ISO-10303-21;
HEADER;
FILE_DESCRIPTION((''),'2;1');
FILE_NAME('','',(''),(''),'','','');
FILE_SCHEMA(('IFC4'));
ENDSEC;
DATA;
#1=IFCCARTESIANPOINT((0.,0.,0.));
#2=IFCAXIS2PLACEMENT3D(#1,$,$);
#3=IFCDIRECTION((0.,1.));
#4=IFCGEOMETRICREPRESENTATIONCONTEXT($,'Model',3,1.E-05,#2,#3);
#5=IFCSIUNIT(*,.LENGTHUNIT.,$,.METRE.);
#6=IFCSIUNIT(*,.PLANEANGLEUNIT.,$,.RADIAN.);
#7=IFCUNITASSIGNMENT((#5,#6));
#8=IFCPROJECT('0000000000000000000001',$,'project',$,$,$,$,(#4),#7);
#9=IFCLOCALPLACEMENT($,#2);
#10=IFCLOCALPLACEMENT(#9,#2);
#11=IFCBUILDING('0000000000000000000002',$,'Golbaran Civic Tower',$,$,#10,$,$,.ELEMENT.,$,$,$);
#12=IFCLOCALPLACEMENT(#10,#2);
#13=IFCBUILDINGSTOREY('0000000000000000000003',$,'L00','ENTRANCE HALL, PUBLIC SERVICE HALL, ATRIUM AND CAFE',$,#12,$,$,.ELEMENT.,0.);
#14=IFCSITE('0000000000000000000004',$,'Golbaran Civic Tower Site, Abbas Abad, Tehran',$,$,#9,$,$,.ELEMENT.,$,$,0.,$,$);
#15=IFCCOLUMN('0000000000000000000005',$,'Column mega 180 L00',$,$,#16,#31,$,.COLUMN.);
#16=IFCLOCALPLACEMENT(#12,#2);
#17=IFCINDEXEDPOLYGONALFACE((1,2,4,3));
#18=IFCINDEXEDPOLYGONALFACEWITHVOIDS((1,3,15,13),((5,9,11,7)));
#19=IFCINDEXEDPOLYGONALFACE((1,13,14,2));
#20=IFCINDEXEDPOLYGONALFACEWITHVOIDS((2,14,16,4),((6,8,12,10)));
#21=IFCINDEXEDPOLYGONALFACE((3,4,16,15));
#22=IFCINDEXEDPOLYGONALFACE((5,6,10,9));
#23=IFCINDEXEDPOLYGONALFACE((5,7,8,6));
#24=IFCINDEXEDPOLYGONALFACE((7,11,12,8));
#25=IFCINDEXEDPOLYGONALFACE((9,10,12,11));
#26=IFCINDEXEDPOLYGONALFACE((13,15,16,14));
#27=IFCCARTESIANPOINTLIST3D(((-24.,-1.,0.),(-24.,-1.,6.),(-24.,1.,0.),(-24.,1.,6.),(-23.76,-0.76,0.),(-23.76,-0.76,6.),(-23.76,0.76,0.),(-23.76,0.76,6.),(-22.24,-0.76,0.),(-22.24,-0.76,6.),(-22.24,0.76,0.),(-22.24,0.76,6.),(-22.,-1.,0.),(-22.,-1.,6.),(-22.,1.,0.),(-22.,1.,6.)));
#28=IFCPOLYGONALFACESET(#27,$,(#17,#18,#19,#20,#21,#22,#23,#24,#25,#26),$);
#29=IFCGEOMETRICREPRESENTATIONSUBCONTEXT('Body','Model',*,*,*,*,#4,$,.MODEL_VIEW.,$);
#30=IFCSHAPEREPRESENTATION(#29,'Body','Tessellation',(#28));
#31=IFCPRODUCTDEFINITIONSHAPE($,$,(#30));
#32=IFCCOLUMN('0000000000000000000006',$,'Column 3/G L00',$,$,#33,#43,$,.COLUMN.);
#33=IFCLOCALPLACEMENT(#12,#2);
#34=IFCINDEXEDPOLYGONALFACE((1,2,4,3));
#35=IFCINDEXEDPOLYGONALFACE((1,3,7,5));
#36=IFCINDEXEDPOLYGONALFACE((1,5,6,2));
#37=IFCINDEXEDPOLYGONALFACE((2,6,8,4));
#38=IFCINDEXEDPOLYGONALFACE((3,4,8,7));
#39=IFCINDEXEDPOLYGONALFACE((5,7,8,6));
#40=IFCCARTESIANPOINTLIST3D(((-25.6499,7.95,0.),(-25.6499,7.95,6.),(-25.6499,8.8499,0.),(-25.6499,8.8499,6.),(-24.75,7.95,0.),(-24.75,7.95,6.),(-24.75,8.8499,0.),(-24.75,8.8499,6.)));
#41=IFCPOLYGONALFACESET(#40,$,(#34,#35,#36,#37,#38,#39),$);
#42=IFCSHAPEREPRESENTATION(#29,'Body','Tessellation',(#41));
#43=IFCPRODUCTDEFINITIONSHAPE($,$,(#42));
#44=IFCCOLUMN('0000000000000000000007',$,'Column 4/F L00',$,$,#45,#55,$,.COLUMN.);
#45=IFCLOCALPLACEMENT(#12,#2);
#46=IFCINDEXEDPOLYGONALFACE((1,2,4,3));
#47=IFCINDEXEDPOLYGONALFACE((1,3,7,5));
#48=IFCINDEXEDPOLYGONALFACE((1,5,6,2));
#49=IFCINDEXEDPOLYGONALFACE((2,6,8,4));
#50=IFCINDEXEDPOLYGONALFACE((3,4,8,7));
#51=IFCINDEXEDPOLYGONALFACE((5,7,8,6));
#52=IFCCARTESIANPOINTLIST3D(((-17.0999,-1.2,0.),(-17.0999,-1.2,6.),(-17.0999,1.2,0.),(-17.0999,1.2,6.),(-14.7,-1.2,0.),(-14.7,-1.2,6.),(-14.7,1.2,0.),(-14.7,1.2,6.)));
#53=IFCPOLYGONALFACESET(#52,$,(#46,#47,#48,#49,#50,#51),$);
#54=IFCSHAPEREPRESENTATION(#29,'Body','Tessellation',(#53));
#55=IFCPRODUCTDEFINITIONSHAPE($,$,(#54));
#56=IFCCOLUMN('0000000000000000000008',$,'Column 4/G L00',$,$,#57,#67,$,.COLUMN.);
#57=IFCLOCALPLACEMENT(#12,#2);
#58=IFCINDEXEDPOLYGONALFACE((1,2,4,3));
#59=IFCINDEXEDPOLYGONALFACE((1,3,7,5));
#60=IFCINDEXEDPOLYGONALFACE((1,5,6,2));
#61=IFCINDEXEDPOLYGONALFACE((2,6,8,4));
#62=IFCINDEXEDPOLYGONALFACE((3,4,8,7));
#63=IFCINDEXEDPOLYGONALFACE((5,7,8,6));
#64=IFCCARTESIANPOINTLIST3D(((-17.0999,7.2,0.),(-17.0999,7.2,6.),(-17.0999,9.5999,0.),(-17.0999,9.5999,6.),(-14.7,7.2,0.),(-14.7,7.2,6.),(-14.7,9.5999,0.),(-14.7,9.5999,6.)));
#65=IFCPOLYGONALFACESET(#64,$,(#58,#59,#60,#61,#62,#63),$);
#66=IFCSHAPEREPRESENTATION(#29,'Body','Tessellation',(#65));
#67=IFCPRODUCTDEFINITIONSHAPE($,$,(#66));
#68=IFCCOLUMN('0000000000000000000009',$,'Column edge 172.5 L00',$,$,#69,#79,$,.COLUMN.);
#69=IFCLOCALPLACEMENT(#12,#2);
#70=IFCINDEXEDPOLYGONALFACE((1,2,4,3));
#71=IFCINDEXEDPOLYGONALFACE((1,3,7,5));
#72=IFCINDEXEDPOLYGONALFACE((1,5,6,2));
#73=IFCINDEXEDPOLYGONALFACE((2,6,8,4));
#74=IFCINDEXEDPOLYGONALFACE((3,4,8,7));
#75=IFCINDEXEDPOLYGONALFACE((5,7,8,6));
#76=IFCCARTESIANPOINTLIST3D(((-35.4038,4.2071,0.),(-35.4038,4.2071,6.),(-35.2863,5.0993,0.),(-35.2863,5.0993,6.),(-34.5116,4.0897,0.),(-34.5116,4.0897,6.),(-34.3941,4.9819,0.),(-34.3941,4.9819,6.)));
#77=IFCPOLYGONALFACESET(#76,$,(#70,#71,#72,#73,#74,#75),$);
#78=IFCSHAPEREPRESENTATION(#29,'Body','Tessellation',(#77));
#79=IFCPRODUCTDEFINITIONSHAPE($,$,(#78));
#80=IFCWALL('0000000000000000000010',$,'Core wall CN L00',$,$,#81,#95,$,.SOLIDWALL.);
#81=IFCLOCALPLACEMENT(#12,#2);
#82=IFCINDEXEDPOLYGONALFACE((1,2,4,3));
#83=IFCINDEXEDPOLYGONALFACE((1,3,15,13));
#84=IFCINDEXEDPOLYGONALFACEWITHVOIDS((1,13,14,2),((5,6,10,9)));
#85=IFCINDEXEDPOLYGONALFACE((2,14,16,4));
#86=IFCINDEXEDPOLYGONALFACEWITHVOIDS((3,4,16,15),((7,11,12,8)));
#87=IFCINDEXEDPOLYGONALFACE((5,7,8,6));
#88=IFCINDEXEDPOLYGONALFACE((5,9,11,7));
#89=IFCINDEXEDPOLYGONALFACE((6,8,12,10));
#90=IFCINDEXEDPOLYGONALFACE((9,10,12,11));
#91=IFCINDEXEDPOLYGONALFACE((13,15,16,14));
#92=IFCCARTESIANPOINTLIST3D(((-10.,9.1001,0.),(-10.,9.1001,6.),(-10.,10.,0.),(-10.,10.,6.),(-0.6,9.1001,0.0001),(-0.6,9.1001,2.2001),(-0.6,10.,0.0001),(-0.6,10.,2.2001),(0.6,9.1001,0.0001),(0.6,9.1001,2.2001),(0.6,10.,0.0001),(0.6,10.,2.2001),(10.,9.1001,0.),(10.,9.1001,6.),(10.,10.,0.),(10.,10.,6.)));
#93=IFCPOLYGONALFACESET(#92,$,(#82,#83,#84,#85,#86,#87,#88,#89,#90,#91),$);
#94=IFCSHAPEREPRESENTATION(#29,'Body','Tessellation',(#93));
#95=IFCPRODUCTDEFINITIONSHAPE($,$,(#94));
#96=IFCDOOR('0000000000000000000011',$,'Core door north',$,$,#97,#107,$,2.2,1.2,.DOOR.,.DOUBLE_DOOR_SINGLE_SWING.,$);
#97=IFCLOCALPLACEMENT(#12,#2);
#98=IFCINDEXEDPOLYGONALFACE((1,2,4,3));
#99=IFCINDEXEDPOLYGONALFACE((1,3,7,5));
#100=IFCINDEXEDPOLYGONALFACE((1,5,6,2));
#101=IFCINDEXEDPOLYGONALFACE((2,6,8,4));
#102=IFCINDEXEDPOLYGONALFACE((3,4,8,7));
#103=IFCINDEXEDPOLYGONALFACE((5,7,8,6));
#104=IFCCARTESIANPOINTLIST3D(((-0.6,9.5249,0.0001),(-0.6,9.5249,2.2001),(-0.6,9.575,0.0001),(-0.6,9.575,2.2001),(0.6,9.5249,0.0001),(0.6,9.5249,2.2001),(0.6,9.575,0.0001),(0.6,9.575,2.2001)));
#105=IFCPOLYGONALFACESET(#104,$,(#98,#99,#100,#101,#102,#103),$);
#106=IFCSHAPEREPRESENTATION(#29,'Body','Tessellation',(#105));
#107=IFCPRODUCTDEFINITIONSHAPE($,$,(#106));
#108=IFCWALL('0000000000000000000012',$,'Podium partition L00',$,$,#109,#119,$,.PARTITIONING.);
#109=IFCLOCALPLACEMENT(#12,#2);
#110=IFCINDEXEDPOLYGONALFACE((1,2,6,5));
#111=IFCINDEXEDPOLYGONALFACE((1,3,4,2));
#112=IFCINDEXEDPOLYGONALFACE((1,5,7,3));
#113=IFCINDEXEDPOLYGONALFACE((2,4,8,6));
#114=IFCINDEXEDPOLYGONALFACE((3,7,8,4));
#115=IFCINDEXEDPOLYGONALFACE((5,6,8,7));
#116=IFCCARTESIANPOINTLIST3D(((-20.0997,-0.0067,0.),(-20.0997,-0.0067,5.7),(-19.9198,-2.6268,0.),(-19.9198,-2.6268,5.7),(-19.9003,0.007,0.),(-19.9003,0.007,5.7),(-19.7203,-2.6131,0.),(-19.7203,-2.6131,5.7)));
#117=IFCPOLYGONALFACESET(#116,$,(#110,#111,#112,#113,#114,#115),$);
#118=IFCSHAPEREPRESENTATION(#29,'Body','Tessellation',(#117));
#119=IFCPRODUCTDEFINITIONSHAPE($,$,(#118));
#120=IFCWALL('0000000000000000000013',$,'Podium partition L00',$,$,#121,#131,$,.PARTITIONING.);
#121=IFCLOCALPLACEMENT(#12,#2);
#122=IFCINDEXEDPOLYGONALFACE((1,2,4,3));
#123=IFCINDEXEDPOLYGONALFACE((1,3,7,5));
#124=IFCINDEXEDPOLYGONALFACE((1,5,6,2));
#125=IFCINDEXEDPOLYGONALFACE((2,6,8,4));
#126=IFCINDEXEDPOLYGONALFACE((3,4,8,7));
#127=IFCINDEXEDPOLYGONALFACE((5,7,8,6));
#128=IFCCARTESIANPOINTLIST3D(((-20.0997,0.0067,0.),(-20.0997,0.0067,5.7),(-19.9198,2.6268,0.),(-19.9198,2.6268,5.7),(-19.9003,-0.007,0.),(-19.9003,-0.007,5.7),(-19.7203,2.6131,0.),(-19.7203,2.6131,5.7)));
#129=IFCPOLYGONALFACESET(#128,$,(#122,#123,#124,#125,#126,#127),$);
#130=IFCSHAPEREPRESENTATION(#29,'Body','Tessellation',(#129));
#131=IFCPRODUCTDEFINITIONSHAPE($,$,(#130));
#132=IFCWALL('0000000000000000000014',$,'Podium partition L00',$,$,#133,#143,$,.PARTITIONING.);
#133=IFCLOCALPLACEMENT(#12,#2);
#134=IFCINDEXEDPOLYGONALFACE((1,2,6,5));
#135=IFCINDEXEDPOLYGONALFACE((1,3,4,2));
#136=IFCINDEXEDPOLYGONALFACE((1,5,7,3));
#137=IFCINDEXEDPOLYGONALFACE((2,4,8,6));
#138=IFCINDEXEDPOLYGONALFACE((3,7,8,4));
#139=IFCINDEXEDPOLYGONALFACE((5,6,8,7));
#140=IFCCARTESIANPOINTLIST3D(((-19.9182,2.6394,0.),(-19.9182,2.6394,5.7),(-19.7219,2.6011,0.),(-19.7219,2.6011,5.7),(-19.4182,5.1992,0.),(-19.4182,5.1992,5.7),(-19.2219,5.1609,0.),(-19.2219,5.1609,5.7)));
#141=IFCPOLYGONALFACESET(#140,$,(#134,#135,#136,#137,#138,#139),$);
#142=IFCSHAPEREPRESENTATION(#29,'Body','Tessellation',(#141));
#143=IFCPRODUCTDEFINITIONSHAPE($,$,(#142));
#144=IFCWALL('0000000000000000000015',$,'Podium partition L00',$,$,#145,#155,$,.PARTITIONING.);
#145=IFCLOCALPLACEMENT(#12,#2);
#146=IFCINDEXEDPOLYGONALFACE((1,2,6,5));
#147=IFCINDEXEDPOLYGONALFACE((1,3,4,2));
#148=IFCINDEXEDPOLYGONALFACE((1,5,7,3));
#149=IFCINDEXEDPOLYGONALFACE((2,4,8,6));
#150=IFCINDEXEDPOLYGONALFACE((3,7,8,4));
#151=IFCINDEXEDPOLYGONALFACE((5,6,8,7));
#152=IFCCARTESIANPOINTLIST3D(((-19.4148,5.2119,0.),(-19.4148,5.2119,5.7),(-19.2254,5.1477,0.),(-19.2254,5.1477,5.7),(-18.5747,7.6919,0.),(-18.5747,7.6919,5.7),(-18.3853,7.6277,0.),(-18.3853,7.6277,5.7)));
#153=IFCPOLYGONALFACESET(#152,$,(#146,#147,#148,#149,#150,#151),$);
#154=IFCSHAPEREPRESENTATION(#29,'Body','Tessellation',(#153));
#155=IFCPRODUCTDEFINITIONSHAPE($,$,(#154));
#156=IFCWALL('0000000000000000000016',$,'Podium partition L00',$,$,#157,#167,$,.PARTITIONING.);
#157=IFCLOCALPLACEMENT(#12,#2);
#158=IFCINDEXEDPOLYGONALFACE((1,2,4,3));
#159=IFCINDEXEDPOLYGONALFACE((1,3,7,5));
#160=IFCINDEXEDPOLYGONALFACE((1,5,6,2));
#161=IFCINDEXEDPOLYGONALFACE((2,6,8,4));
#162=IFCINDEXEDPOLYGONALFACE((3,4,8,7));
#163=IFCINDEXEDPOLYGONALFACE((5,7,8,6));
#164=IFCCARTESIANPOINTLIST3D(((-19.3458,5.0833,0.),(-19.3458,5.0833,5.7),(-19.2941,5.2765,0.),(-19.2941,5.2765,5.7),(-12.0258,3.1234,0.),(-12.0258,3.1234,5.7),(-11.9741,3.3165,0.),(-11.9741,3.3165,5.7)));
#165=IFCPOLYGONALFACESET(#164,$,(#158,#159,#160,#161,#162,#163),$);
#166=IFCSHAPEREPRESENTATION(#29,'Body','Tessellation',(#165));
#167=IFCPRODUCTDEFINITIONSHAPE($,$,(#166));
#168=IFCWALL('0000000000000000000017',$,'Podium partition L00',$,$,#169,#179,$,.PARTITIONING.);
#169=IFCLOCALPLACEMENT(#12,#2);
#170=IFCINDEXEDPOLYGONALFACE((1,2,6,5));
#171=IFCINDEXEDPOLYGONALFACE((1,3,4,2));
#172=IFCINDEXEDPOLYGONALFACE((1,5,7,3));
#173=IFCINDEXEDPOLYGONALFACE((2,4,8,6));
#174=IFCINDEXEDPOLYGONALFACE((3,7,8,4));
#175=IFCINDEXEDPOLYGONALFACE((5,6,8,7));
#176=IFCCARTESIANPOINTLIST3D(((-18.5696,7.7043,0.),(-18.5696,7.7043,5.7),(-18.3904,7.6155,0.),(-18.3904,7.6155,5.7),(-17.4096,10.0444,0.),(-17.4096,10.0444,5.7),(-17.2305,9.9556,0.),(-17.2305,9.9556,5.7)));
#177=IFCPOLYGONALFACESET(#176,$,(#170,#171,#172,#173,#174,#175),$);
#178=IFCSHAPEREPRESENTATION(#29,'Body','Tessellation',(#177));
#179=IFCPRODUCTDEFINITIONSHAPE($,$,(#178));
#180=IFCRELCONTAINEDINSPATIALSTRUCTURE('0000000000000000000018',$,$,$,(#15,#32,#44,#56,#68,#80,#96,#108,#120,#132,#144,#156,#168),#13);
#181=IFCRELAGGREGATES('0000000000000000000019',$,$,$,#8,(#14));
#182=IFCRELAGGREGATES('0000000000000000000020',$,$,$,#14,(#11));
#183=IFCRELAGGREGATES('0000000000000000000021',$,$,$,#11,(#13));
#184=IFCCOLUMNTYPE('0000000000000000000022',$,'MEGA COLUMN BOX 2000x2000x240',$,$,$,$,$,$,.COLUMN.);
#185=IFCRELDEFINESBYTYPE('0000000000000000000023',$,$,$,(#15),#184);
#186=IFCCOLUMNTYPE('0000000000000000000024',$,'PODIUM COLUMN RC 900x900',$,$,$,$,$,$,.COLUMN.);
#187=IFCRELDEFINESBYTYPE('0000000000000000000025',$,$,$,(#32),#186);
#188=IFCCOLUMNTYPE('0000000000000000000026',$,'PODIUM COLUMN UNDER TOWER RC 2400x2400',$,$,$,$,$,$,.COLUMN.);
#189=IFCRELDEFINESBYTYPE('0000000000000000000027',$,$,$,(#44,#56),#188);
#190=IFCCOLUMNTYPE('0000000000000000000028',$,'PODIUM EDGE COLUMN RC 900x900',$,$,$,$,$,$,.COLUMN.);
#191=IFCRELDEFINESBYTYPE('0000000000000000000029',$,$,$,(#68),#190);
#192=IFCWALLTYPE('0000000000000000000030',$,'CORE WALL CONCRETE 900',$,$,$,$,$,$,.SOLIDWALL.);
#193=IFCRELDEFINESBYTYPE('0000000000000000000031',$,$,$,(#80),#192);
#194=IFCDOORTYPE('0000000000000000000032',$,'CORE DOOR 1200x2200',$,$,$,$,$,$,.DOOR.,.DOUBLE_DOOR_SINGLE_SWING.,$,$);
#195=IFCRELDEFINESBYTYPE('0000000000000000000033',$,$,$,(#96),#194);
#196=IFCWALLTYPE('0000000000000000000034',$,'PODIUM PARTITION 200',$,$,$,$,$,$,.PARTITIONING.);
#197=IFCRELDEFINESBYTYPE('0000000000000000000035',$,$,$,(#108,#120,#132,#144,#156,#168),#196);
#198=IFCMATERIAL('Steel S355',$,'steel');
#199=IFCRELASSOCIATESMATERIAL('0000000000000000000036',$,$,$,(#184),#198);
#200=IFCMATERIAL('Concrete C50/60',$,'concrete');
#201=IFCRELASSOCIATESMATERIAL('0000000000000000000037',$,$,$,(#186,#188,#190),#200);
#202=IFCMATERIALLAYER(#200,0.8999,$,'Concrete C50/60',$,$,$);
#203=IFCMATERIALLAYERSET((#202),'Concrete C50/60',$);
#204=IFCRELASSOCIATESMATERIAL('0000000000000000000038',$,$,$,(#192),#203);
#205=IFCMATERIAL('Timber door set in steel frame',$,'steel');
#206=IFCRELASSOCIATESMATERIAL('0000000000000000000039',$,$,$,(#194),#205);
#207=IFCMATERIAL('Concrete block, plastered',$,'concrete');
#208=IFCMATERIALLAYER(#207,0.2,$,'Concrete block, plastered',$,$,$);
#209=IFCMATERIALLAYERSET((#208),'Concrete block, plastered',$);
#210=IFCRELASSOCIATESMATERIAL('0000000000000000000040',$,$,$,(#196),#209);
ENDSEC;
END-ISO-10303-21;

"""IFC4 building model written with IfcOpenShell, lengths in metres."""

from ifc_helpers import new_model, si_unit, direction, frame, frame_2d, origin, origin_2d, place, context, subcontext, project, spatial, rectangle, hollow_rectangle, extrude, material, layer, layer_set, material_profile, profile_set, type_object, element, fill, save


model = new_model("IFC4")

# Units and contexts
model_context = context("Model", 3, precision=1e-05, world=origin(), true_north=direction((0.0, 1.0)))
body_context = subcontext(model_context, "Body", "Model", "MODEL_VIEW")
ifc_project = project(units=[si_unit("LENGTHUNIT", "METRE"), si_unit("PLANEANGLEUNIT", "RADIAN")], contexts=[model_context])

# Site, building, storey
site_placement = place(None, origin())
site = spatial("IfcSite", under=ifc_project, at=site_placement, Name="Golbaran Civic Tower Site, Abbas Abad, Tehran", CompositionType="ELEMENT", RefElevation=0.0)
building_placement = place(site_placement, origin())
building = spatial("IfcBuilding", under=site, at=building_placement, Name="Golbaran Civic Tower", CompositionType="ELEMENT")
storey_placement = place(building_placement, origin())
storey = spatial("IfcBuildingStorey", under=building, at=storey_placement, Name="L00", Description="ENTRANCE HALL, PUBLIC SERVICE HALL, ATRIUM AND CAFE", CompositionType="ELEMENT", Elevation=0.0)

# Columns
ifc_material_1 = material(Name="Steel S355", Category="steel")
ifc_material_profile_1 = material_profile(ifc_material_1, hollow_rectangle(XDim=2.0, YDim=2.0, WallThickness=0.24, at=origin_2d()), Name="BOX 2000x2000x240")
ifc_profile_set_1 = profile_set([ifc_material_profile_1], Name="Steel S355")
column_type_1 = type_object("IfcColumnType", Name="MEGA COLUMN BOX 2000x2000x240", PredefinedType="COLUMN", material=ifc_profile_set_1)
column_1_placement = place(storey_placement, frame((-23.0, 0.0, 0.0), z_axis=(0.0, 0.0, 1.0), x_axis=(-1.0, 0.0, 0.0)))
element("IfcColumn", 1, at=column_1_placement, inside=storey, type_object=column_type_1, Name="Column mega 180 L00", PredefinedType="COLUMN", context=body_context, shape_type="SweptSolid", body=[
    extrude(hollow_rectangle(XDim=2.0, YDim=2.0, WallThickness=0.24, at=origin_2d()), origin(), (0.0, 0.0, 1.0), 6.0),
])
ifc_material_2 = material(Name="Concrete C50/60", Category="concrete")
ifc_material_profile_2 = material_profile(ifc_material_2, rectangle(XDim=0.8999, YDim=0.8999, at=origin_2d()), Name="RC 900x900")
ifc_profile_set_2 = profile_set([ifc_material_profile_2], Name="Concrete C50/60")
column_type_2 = type_object("IfcColumnType", Name="PODIUM COLUMN RC 900x900", PredefinedType="COLUMN", material=ifc_profile_set_2)
column_2_placement = place(storey_placement, frame((-25.2, 8.3999, 0.0), z_axis=(0.0, 0.0, 1.0), x_axis=(1.0, 0.0, 0.0)))
element("IfcColumn", 2, at=column_2_placement, inside=storey, type_object=column_type_2, Name="Column 3/G L00", PredefinedType="COLUMN", context=body_context, shape_type="SweptSolid", body=[
    extrude(rectangle(XDim=0.8999, YDim=0.8999, at=origin_2d()), origin(), (0.0, 0.0, 1.0), 6.0),
])
ifc_material_profile_3 = material_profile(ifc_material_2, rectangle(XDim=2.3999, YDim=2.3999, at=origin_2d()), Name="RC 2400x2400")
ifc_profile_set_3 = profile_set([ifc_material_profile_3], Name="Concrete C50/60")
column_type_3 = type_object("IfcColumnType", Name="PODIUM COLUMN UNDER TOWER RC 2400x2400", PredefinedType="COLUMN", material=ifc_profile_set_3)
for number, where, z_axis, x_axis, name in (
    (3, (-15.8999, 0.0, 0.0), (0.0, 0.0, 1.0), (1.0, 0.0, 0.0), "Column 4/F L00"),
    (4, (-15.8999, 8.3999, 0.0), (0.0, 0.0, 1.0), (1.0, 0.0, 0.0), "Column 4/G L00"),
):
    element("IfcColumn", number, at=place(storey_placement, frame(where, z_axis=z_axis, x_axis=x_axis)), inside=storey, type_object=column_type_3, Name=name, PredefinedType="COLUMN", context=body_context, shape_type="SweptSolid", body=[
        extrude(rectangle(XDim=2.3999, YDim=2.3999, at=origin_2d()), origin(), (0.0, 0.0, 1.0), 6.0),
    ])
ifc_material_profile_4 = material_profile(ifc_material_2, rectangle(XDim=0.8999, YDim=0.8999, at=origin_2d()), Name="RC 900x900")
ifc_profile_set_4 = profile_set([ifc_material_profile_4], Name="Concrete C50/60")
column_type_4 = type_object("IfcColumnType", Name="PODIUM EDGE COLUMN RC 900x900", PredefinedType="COLUMN", material=ifc_profile_set_4)
column_3_placement = place(storey_placement, frame((-34.8989, 4.5945, 0.0), z_axis=(0.0, 0.0, 1.0), x_axis=(-0.991445, 0.130526, 0.0)))
element("IfcColumn", 5, at=column_3_placement, inside=storey, type_object=column_type_4, Name="Column edge 172.5 L00", PredefinedType="COLUMN", context=body_context, shape_type="SweptSolid", body=[
    extrude(rectangle(XDim=0.8999, YDim=0.8999, at=origin_2d()), origin(), (0.0, 0.0, 1.0), 6.0),
])

# Wall, opening, door
ifc_layer_1 = layer(ifc_material_2, 0.8999, Name="Concrete C50/60")
ifc_layer_set_1 = layer_set([ifc_layer_1], Name="Concrete C50/60")
wall_type_1 = type_object("IfcWallType", Name="CORE WALL CONCRETE 900", PredefinedType="SOLIDWALL", material=ifc_layer_set_1)
wall_1_placement = place(storey_placement, frame((-10.0, 9.55, 0.0), z_axis=(0.0, 0.0, 1.0), x_axis=(1.0, 0.0, 0.0)))
wall_1 = element("IfcWall", 6, at=wall_1_placement, inside=storey, type_object=wall_type_1, Name="Core wall CN L00", PredefinedType="SOLIDWALL", context=body_context, shape_type="SweptSolid", body=[
    extrude(rectangle(XDim=20.0, YDim=0.8999, at=frame_2d((10.0, 0.0))), origin(), (0.0, 0.0, 1.0), 6.0),
])
opening_1_placement = place(wall_1_placement, frame((9.3999, 0.0, 0.0)))
opening_1 = element("IfcOpeningElement", 7, at=opening_1_placement, cuts=wall_1, PredefinedType="OPENING", context=body_context, shape_type="SweptSolid", body=[
    extrude(rectangle(XDim=1.2, YDim=2.2, at=frame_2d((0.6001, 1.1001))), frame((0.0, 0.46, 0.0), z_axis=(0.0, -1.0, 0.0), x_axis=(1.0, 0.0, 0.0)), (0.0, 0.0, 1.0), 0.9199),
])
ifc_material_3 = material(Name="Timber door set in steel frame", Category="steel")
door_type_1 = type_object("IfcDoorType", Name="CORE DOOR 1200x2200", OperationType="DOUBLE_DOOR_SINGLE_SWING", PredefinedType="DOOR", material=ifc_material_3)
door_1_placement = place(opening_1_placement, origin())
door_1 = element("IfcDoor", 8, at=door_1_placement, inside=storey, type_object=door_type_1, Name="Core door north", OperationType="DOUBLE_DOOR_SINGLE_SWING", OverallHeight=2.2, OverallWidth=1.2, PredefinedType="DOOR", context=body_context, shape_type="SweptSolid", body=[
    extrude(rectangle(XDim=1.2, YDim=2.2, at=frame_2d((0.6001, 1.1001))), frame((0.0, 0.0249, 0.0), z_axis=(0.0, -1.0, 0.0), x_axis=(1.0, 0.0, 0.0)), (0.0, 0.0, 1.0), 0.05),
])
fill(opening_1, door_1)

# Walls
ifc_material_4 = material(Name="Concrete block, plastered", Category="concrete")
ifc_layer_2 = layer(ifc_material_4, 0.2, Name="Concrete block, plastered")
ifc_layer_set_2 = layer_set([ifc_layer_2], Name="Concrete block, plastered")
wall_type_2 = type_object("IfcWallType", Name="PODIUM PARTITION 200", PredefinedType="PARTITIONING", material=ifc_layer_set_2)
for number, where, z_axis, x_axis, name in (
    (9, (-20.0, 0.0, 0.0), (0.0, 0.0, 1.0), (0.068512, -0.99765, 0.0), "Podium partition L00"),
    (10, (-20.0, 0.0, 0.0), (0.0, 0.0, 1.0), (0.068512, 0.99765, 0.0), "Podium partition L00"),
):
    element("IfcWall", number, at=place(storey_placement, frame(where, z_axis=z_axis, x_axis=x_axis)), inside=storey, type_object=wall_type_2, Name=name, PredefinedType="PARTITIONING", context=body_context, shape_type="SweptSolid", body=[
        extrude(rectangle(XDim=2.6262, YDim=0.2, at=frame_2d((1.313, 0.0))), origin(), (0.0, 0.0, 1.0), 5.7),
    ])
wall_2_placement = place(storey_placement, frame((-19.8201, 2.6201, 0.0), z_axis=(0.0, 0.0, 1.0), x_axis=(0.191704, 0.981453, 0.0)))
element("IfcWall", 11, at=wall_2_placement, inside=storey, type_object=wall_type_2, Name="Podium partition L00", PredefinedType="PARTITIONING", context=body_context, shape_type="SweptSolid", body=[
    extrude(rectangle(XDim=2.6082, YDim=0.2, at=frame_2d((1.3042, 0.0))), origin(), (0.0, 0.0, 1.0), 5.7),
])
wall_3_placement = place(storey_placement, frame((-19.3201, 5.1799, 0.0), z_axis=(0.0, 0.0, 1.0), x_axis=(0.320839, 0.947134, 0.0)))
element("IfcWall", 12, at=wall_3_placement, inside=storey, type_object=wall_type_2, Name="Podium partition L00", PredefinedType="PARTITIONING", context=body_context, shape_type="SweptSolid", body=[
    extrude(rectangle(XDim=2.6184, YDim=0.2, at=frame_2d((1.3091, 0.0))), origin(), (0.0, 0.0, 1.0), 5.7),
])
wall_4_placement = place(storey_placement, frame((-19.3201, 5.1799, 0.0), z_axis=(0.0, 0.0, 1.0), x_axis=(0.965973, -0.258641, 0.0)))
element("IfcWall", 13, at=wall_4_placement, inside=storey, type_object=wall_type_2, Name="Podium partition L00", PredefinedType="PARTITIONING", context=body_context, shape_type="SweptSolid", body=[
    extrude(rectangle(XDim=7.5779, YDim=0.2, at=frame_2d((3.7891, 0.0))), origin(), (0.0, 0.0, 1.0), 5.7),
])
wall_5_placement = place(storey_placement, frame((-18.48, 7.6599, 0.0), z_axis=(0.0, 0.0, 1.0), x_axis=(0.444107, 0.895974, 0.0)))
element("IfcWall", 14, at=wall_5_placement, inside=storey, type_object=wall_type_2, Name="Podium partition L00", PredefinedType="PARTITIONING", context=body_context, shape_type="SweptSolid", body=[
    extrude(rectangle(XDim=2.6118, YDim=0.2, at=frame_2d((1.3059, 0.0))), origin(), (0.0, 0.0, 1.0), 5.7),
])

save(model, "model.ifc")
